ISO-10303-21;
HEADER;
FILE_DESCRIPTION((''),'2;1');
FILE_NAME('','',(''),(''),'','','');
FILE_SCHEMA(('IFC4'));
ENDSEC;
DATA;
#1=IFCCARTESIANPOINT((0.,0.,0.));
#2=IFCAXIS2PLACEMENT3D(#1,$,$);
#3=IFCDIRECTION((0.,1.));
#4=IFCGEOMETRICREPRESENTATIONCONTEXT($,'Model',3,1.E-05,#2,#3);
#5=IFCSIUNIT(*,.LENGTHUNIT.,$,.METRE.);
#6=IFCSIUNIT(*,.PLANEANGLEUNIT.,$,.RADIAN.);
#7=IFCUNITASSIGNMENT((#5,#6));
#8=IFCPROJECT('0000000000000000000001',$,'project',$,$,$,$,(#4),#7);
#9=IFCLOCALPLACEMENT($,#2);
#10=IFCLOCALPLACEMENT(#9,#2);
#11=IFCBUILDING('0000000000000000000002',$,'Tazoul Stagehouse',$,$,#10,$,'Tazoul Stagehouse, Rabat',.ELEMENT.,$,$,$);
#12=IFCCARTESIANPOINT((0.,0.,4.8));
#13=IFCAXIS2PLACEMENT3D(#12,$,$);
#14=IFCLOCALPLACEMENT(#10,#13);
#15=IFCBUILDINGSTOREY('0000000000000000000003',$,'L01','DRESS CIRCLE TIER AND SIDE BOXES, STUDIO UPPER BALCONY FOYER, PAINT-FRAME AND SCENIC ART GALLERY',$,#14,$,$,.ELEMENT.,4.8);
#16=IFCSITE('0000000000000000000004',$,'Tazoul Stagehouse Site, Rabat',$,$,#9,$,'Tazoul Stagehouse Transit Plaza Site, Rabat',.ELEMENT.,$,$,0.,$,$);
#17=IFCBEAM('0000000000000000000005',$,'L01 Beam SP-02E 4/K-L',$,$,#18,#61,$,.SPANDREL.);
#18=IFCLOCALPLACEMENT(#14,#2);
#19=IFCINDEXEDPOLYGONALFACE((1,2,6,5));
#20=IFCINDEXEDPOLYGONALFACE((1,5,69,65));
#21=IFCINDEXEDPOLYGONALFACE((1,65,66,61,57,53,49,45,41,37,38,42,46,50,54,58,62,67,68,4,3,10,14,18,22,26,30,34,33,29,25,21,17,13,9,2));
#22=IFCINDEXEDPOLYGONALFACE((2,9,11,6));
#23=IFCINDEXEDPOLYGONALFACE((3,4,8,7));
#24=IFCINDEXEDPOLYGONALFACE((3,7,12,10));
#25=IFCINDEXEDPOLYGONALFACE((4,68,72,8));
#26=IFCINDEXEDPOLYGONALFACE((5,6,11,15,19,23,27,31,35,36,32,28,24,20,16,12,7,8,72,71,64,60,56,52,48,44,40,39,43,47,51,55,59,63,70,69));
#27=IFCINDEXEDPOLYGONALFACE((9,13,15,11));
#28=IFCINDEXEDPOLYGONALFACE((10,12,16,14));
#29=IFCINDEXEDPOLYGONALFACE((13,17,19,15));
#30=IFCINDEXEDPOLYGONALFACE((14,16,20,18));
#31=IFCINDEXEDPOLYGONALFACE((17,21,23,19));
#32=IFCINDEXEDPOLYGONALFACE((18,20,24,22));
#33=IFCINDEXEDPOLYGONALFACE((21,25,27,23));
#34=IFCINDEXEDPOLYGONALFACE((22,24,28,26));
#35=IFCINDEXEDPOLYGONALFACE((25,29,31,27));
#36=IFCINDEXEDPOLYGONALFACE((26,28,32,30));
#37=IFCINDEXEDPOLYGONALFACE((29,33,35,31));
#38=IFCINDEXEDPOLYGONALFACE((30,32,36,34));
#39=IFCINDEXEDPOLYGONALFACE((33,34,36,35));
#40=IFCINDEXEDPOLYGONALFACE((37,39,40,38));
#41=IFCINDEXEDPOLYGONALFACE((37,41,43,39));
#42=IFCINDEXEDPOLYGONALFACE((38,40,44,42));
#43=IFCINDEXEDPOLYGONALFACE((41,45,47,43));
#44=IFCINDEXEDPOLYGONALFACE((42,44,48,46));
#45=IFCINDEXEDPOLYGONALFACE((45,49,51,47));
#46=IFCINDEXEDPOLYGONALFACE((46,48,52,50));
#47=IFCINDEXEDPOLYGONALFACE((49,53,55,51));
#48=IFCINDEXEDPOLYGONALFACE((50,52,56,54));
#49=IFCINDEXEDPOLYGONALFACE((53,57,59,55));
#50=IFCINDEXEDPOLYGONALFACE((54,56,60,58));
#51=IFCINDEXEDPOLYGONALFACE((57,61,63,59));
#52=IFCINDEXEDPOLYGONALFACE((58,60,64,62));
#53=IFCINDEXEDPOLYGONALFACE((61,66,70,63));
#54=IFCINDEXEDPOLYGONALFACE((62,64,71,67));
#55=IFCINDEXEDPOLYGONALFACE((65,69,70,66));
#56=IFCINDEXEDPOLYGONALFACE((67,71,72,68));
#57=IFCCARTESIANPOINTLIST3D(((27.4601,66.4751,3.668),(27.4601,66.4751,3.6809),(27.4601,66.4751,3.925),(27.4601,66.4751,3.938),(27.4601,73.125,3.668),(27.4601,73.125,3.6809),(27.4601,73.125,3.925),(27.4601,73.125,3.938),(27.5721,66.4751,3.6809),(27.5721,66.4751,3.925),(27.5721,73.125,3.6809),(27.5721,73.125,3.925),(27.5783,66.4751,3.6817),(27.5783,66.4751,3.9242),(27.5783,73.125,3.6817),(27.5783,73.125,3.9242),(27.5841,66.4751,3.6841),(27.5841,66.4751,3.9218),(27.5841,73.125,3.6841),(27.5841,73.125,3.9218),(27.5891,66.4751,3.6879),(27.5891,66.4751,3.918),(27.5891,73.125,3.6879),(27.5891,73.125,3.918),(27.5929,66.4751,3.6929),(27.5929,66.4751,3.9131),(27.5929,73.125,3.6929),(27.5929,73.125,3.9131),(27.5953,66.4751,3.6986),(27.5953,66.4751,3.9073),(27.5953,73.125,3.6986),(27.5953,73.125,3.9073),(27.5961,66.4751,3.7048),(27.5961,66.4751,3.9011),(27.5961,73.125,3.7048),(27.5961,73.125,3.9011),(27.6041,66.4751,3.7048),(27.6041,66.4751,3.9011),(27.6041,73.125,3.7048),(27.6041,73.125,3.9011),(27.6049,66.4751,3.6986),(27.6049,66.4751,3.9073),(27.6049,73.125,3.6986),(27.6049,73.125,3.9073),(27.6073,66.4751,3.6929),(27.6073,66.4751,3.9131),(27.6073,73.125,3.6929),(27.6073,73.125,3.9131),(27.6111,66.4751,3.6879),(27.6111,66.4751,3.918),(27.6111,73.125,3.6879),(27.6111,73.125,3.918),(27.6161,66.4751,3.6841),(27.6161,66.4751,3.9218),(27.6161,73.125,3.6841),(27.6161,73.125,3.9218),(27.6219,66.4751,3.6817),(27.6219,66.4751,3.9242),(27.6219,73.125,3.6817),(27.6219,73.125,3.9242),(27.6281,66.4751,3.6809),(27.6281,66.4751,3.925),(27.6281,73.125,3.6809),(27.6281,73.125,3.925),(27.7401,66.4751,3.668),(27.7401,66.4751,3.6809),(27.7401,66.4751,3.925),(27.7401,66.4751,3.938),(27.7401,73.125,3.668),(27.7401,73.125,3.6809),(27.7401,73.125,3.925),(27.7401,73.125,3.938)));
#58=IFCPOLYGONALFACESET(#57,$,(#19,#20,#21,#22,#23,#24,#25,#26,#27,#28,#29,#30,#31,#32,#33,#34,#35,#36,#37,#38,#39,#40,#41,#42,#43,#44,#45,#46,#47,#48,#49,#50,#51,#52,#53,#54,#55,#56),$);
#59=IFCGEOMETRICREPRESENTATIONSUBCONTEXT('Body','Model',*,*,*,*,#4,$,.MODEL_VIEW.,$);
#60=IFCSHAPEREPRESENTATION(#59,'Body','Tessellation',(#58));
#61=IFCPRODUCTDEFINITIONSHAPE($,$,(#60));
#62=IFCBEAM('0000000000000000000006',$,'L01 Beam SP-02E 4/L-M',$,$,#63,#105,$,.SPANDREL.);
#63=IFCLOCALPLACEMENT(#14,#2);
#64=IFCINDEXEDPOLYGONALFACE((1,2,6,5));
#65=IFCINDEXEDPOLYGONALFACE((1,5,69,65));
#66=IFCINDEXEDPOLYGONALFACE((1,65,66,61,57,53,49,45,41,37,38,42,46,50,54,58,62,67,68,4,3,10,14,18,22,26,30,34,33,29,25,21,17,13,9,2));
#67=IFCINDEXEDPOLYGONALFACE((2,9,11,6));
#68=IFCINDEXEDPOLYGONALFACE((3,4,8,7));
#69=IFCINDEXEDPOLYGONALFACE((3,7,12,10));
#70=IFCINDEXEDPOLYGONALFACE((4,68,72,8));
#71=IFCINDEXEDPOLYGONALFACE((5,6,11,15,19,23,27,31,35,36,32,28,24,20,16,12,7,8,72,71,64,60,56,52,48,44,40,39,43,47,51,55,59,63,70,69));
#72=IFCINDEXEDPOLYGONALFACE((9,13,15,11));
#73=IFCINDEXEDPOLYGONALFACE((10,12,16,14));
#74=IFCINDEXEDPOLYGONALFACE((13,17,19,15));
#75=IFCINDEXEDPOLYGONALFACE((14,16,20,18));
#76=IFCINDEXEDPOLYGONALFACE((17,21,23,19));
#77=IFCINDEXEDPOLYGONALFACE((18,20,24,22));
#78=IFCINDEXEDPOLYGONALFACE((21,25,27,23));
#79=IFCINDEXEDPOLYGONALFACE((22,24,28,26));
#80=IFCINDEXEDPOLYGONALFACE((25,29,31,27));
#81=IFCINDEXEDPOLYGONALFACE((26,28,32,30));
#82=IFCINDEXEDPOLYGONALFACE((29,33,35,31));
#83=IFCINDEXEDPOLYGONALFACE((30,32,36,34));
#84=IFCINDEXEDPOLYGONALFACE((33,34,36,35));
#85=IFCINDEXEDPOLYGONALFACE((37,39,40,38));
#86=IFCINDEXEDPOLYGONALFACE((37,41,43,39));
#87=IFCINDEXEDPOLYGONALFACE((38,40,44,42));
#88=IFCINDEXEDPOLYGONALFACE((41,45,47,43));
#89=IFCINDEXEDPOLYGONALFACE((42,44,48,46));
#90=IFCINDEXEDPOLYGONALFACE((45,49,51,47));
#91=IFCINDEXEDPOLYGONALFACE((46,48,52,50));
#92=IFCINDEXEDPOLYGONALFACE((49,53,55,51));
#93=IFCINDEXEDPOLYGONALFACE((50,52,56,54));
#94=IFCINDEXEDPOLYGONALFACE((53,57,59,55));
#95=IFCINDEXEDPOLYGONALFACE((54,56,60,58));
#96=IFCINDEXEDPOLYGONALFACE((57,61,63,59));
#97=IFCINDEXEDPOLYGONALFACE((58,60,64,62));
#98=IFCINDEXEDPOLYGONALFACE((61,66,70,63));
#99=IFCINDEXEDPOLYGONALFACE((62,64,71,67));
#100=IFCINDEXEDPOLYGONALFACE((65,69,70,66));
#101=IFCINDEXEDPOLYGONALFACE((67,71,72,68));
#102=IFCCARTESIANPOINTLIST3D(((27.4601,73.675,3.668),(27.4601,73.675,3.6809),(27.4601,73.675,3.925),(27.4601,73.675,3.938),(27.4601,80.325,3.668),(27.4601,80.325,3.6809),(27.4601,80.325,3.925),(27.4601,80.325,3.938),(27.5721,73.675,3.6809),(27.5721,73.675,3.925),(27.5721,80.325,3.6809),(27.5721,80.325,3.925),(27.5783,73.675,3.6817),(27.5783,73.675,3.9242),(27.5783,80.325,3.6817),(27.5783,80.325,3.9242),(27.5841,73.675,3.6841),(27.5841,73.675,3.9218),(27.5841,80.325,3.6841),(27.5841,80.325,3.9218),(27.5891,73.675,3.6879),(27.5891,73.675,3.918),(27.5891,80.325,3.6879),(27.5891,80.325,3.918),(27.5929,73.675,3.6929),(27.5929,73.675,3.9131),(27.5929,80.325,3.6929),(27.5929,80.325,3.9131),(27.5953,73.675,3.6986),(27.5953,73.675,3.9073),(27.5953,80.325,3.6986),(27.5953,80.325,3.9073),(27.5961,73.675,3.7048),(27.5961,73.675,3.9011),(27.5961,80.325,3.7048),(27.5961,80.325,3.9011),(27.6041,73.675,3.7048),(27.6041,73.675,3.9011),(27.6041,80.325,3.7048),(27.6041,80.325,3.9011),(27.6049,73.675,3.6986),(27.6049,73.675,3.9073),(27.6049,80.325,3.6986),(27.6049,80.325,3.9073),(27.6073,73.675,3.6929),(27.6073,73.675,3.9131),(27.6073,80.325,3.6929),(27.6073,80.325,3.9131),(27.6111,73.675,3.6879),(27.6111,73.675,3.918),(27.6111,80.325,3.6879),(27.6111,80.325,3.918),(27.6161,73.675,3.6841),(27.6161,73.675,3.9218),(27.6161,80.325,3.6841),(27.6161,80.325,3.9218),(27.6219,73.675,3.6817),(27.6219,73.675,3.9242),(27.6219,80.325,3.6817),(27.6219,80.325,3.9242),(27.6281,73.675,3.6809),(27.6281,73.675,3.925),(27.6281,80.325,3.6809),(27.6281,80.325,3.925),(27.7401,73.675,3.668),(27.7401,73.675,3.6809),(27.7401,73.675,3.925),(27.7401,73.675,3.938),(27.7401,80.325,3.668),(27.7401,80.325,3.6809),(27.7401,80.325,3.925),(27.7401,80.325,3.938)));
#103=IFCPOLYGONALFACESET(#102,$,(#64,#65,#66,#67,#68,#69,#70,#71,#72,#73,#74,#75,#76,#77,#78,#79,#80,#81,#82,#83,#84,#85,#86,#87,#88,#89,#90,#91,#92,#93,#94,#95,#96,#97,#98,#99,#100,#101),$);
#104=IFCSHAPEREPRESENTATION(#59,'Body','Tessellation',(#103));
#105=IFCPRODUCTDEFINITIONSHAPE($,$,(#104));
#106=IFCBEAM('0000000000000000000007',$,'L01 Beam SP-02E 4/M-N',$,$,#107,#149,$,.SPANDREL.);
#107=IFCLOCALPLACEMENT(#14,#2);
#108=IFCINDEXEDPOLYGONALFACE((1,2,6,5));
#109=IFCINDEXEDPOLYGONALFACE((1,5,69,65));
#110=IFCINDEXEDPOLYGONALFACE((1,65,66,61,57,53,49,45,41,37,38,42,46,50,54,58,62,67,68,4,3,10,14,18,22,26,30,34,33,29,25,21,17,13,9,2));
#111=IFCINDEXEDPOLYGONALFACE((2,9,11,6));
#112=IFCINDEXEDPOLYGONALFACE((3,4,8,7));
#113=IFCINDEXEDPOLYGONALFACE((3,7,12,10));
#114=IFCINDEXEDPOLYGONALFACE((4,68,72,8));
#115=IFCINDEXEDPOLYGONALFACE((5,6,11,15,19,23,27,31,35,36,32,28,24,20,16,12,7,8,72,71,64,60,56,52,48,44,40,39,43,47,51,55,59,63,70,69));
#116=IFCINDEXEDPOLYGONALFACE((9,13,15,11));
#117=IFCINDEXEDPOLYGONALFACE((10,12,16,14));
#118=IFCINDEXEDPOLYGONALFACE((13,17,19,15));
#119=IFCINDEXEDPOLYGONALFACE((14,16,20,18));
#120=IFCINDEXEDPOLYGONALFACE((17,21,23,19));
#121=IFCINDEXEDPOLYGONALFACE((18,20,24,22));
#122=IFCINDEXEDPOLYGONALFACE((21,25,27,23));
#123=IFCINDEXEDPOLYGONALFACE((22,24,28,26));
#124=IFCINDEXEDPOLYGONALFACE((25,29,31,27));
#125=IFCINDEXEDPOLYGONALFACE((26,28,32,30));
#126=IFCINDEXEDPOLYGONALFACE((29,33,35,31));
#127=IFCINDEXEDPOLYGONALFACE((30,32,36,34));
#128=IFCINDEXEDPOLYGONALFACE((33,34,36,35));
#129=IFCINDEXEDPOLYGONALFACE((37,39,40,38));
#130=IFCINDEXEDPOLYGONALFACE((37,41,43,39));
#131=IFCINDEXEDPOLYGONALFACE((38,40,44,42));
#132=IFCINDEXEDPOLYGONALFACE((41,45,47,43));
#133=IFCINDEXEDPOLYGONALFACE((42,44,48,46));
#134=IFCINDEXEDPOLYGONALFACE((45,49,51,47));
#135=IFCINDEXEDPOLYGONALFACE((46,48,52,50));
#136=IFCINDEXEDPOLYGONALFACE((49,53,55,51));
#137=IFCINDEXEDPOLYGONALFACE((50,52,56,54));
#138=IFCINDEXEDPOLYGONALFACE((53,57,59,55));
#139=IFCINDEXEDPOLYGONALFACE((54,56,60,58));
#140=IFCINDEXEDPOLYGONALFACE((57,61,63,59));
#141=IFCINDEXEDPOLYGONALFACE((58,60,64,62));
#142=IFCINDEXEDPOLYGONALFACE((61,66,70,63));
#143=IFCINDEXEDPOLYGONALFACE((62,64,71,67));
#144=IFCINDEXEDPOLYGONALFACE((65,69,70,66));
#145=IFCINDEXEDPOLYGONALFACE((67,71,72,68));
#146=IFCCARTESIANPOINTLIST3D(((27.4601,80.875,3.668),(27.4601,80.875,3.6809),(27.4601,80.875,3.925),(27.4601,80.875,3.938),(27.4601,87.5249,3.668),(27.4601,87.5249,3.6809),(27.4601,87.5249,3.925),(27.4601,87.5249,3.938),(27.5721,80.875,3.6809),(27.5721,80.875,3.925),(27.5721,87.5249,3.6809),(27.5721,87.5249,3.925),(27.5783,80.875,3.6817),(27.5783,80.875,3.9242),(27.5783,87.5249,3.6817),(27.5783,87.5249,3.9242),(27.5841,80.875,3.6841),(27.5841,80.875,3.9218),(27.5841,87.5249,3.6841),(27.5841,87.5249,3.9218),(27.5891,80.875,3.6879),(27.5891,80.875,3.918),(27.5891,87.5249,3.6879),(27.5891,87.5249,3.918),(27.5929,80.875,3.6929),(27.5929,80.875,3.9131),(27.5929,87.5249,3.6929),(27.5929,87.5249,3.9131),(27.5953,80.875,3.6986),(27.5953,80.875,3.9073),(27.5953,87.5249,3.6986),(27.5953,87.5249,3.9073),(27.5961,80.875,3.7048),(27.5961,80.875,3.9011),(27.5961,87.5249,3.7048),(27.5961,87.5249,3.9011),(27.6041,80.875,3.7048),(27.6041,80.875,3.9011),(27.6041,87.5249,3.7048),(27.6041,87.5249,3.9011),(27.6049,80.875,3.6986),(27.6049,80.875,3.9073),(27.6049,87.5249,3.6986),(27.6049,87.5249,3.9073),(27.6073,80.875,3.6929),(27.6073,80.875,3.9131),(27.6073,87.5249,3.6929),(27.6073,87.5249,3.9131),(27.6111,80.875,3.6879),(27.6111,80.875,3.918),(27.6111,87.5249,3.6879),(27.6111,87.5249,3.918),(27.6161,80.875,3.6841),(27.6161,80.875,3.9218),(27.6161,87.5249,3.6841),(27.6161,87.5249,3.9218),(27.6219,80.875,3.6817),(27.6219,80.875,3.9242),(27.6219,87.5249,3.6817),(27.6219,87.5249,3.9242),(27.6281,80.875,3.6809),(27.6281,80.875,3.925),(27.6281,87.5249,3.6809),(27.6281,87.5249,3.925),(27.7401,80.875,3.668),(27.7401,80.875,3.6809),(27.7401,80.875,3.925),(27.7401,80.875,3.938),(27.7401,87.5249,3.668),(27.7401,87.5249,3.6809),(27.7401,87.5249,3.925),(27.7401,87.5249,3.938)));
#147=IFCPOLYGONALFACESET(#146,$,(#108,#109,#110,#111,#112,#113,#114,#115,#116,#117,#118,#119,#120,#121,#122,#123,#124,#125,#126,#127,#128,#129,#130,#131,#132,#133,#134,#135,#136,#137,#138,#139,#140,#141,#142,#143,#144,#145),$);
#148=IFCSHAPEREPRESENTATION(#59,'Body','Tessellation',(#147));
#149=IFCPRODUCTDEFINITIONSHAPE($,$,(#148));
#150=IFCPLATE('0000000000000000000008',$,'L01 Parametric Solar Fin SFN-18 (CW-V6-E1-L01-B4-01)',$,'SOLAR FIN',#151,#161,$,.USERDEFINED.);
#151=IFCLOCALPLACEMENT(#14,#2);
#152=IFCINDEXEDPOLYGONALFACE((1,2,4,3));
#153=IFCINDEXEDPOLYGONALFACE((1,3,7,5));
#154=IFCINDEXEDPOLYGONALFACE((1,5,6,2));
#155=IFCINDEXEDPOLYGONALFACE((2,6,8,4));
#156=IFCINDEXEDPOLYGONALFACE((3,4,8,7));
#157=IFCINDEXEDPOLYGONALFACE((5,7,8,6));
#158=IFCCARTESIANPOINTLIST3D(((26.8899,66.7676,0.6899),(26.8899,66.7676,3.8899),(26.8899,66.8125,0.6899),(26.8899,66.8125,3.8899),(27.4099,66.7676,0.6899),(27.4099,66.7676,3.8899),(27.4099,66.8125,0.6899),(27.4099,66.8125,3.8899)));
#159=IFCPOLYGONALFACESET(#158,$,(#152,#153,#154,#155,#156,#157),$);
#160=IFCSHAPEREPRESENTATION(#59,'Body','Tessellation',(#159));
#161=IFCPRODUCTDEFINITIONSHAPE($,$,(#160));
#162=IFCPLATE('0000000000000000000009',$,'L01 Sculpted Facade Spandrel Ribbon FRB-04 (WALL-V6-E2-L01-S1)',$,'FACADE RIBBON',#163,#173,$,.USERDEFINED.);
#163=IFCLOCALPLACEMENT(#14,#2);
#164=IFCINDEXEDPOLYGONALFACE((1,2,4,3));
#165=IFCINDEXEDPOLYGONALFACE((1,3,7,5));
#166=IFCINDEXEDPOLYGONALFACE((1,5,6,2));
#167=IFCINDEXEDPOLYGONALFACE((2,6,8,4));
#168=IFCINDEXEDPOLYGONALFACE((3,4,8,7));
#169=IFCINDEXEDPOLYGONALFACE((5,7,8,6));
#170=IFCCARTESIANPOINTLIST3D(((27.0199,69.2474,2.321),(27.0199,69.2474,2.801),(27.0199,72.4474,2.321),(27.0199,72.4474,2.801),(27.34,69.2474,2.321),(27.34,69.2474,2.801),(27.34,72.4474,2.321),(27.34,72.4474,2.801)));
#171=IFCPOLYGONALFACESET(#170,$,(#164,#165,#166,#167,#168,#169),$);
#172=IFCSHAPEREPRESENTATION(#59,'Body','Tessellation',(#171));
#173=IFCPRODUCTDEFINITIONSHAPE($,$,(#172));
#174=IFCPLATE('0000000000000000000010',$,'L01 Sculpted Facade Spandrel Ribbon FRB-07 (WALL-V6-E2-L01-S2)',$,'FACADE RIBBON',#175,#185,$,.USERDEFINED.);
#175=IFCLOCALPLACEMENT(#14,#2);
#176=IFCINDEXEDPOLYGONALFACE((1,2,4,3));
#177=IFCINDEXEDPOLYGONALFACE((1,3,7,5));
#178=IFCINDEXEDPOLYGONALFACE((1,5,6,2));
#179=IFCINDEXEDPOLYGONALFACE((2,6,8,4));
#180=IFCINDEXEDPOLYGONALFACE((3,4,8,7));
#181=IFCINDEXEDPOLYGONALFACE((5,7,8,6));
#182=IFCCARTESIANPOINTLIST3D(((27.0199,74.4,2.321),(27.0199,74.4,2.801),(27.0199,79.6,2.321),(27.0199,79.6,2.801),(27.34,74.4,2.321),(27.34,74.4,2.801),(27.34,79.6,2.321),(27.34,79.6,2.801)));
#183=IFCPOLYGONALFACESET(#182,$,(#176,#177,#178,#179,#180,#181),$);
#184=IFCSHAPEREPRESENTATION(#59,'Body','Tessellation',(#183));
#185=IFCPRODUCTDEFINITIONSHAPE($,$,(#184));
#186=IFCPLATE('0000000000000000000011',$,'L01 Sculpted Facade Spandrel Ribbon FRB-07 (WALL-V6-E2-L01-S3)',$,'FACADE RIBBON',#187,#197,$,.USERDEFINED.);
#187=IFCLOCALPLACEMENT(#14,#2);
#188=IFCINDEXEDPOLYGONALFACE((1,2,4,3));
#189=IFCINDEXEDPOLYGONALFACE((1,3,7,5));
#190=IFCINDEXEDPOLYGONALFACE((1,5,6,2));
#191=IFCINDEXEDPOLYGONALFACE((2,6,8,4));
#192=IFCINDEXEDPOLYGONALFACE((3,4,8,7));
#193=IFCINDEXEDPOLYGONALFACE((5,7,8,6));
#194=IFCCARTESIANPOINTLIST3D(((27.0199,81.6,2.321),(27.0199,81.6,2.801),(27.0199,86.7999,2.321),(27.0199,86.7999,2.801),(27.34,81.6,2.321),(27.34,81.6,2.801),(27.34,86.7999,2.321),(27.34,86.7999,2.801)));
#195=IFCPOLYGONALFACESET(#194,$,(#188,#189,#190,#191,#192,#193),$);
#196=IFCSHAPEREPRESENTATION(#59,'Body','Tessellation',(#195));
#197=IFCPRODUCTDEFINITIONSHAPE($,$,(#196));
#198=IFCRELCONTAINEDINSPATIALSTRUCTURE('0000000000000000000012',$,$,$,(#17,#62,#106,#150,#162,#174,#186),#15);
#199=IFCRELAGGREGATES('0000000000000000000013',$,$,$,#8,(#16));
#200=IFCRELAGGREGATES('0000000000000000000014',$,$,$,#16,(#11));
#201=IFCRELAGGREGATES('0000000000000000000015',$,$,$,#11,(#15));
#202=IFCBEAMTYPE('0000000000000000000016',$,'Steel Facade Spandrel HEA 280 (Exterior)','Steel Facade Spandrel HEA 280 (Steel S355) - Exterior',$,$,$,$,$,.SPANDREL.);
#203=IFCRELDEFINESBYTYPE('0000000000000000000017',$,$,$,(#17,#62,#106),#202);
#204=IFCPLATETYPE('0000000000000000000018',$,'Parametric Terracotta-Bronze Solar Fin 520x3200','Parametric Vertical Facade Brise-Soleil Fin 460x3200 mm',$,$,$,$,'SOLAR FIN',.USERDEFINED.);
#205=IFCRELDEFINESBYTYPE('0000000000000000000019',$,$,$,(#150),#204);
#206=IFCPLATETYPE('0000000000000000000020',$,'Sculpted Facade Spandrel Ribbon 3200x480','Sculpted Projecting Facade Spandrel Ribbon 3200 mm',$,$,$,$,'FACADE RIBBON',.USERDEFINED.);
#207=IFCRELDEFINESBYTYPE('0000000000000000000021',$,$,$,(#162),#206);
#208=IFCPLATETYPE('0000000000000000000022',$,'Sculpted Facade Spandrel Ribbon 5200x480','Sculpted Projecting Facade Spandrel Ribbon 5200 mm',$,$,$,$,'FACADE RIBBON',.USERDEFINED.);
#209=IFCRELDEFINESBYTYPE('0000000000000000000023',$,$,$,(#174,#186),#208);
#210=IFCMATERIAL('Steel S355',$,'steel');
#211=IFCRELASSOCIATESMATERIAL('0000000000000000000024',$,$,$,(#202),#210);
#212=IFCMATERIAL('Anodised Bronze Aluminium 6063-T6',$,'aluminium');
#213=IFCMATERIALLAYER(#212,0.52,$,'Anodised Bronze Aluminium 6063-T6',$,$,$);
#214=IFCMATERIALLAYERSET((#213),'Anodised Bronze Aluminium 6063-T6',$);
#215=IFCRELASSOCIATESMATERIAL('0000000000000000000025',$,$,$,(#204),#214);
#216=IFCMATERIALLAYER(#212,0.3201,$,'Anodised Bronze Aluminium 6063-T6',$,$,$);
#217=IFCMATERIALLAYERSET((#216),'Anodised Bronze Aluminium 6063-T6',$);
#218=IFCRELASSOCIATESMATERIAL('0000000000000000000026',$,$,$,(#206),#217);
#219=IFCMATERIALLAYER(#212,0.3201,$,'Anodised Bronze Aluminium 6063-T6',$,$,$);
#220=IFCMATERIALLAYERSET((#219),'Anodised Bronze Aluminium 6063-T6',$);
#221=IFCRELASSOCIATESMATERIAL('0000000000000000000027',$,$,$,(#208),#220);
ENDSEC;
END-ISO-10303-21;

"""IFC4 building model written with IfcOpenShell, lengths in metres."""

from ifc_helpers import new_model, si_unit, direction, frame, origin, origin_2d, place, context, subcontext, project, spatial, rectangle, i_section, extrude, material, layer, layer_set, material_profile, profile_set, type_object, element, save


model = new_model("IFC4")

# Units and contexts
model_context = context("Model", 3, precision=1e-05, world=origin(), true_north=direction((0.0, 1.0)))
body_context = subcontext(model_context, "Body", "Model", "MODEL_VIEW")
ifc_project = project(units=[si_unit("LENGTHUNIT", "METRE"), si_unit("PLANEANGLEUNIT", "RADIAN")], contexts=[model_context])

# Site, building, storey
site_placement = place(None, origin())
site = spatial("IfcSite", under=ifc_project, at=site_placement, Name="Tazoul Stagehouse Site, Rabat", LongName="Tazoul Stagehouse Transit Plaza Site, Rabat", CompositionType="ELEMENT", RefElevation=0.0)
building_placement = place(site_placement, origin())
building = spatial("IfcBuilding", under=site, at=building_placement, Name="Tazoul Stagehouse", LongName="Tazoul Stagehouse, Rabat", CompositionType="ELEMENT")
storey_placement = place(building_placement, frame((0.0, 0.0, 4.8)))
storey = spatial("IfcBuildingStorey", under=building, at=storey_placement, Name="L01", Description="DRESS CIRCLE TIER AND SIDE BOXES, STUDIO UPPER BALCONY FOYER, PAINT-FRAME AND SCENIC ART GALLERY", CompositionType="ELEMENT", Elevation=4.8)

# Shared definitions
ifc_material_1 = material(Name="Anodised Bronze Aluminium 6063-T6", Category="aluminium")

# Beams
ifc_material_2 = material(Name="Steel S355", Category="steel")
ifc_material_profile_1 = material_profile(ifc_material_2, i_section(OverallWidth=0.28, OverallDepth=0.27, WebThickness=0.0081, FlangeThickness=0.0129, FilletRadius=0.0239, at=origin_2d()), Name="HEA 280")
ifc_profile_set_1 = profile_set([ifc_material_profile_1], Name="Steel S355")
beam_type = type_object("IfcBeamType", Name="Steel Facade Spandrel HEA 280 (Exterior)", Description="Steel Facade Spandrel HEA 280 (Steel S355) - Exterior", PredefinedType="SPANDREL", material=ifc_profile_set_1)
for number, where, z_axis, x_axis, name in (
    (1, (27.6001, 66.4751, 3.803), (0.0, 1.0, 0.0), (-1.0, 0.0, 0.0), "L01 Beam SP-02E 4/K-L"),
    (2, (27.6001, 73.675, 3.803), (0.0, 1.0, 0.0), (-1.0, 0.0, 0.0), "L01 Beam SP-02E 4/L-M"),
    (3, (27.6001, 80.875, 3.803), (0.0, 1.0, 0.0), (-1.0, 0.0, 0.0), "L01 Beam SP-02E 4/M-N"),
):
    element("IfcBeam", number, at=place(storey_placement, frame(where, z_axis=z_axis, x_axis=x_axis)), inside=storey, type_object=beam_type, Name=name, PredefinedType="SPANDREL", context=body_context, shape_type="SweptSolid", body=[
        extrude(i_section(OverallWidth=0.28, OverallDepth=0.27, WebThickness=0.0081, FlangeThickness=0.0129, FilletRadius=0.0239, at=origin_2d()), origin(), (0.0, 0.0, 1.0), 6.6499),
    ])

# Plates
ifc_layer_1 = layer(ifc_material_1, 0.52, Name="Anodised Bronze Aluminium 6063-T6")
ifc_layer_set_1 = layer_set([ifc_layer_1], Name="Anodised Bronze Aluminium 6063-T6")
plate_type_1 = type_object("IfcPlateType", Name="Parametric Terracotta-Bronze Solar Fin 520x3200", Description="Parametric Vertical Facade Brise-Soleil Fin 460x3200 mm", ElementType="SOLAR FIN", PredefinedType="USERDEFINED", material=ifc_layer_set_1)
plate_1_placement = place(storey_placement, frame((27.1499, 66.79, 0.6899), z_axis=(0.0, 0.0, 1.0), x_axis=(0.0, 1.0, 0.0)))
element("IfcPlate", 4, at=plate_1_placement, inside=storey, type_object=plate_type_1, Name="L01 Parametric Solar Fin SFN-18 (CW-V6-E1-L01-B4-01)", ObjectType="SOLAR FIN", PredefinedType="USERDEFINED", context=body_context, shape_type="SweptSolid", body=[
    extrude(rectangle(XDim=0.0449, YDim=0.52, at=origin_2d()), origin(), (0.0, 0.0, 1.0), 3.2),
])
ifc_layer_2 = layer(ifc_material_1, 0.3201, Name="Anodised Bronze Aluminium 6063-T6")
ifc_layer_set_2 = layer_set([ifc_layer_2], Name="Anodised Bronze Aluminium 6063-T6")
plate_type_2 = type_object("IfcPlateType", Name="Sculpted Facade Spandrel Ribbon 3200x480", Description="Sculpted Projecting Facade Spandrel Ribbon 3200 mm", ElementType="FACADE RIBBON", PredefinedType="USERDEFINED", material=ifc_layer_set_2)
plate_2_placement = place(storey_placement, frame((27.1799, 70.8474, 2.321), z_axis=(0.0, 0.0, 1.0), x_axis=(0.0, 1.0, 0.0)))
element("IfcPlate", 5, at=plate_2_placement, inside=storey, type_object=plate_type_2, Name="L01 Sculpted Facade Spandrel Ribbon FRB-04 (WALL-V6-E2-L01-S1)", ObjectType="FACADE RIBBON", PredefinedType="USERDEFINED", context=body_context, shape_type="SweptSolid", body=[
    extrude(rectangle(XDim=3.2, YDim=0.3201, at=origin_2d()), origin(), (0.0, 0.0, 1.0), 0.48),
])
ifc_layer_3 = layer(ifc_material_1, 0.3201, Name="Anodised Bronze Aluminium 6063-T6")
ifc_layer_set_3 = layer_set([ifc_layer_3], Name="Anodised Bronze Aluminium 6063-T6")
plate_type_3 = type_object("IfcPlateType", Name="Sculpted Facade Spandrel Ribbon 5200x480", Description="Sculpted Projecting Facade Spandrel Ribbon 5200 mm", ElementType="FACADE RIBBON", PredefinedType="USERDEFINED", material=ifc_layer_set_3)
for number, where, z_axis, x_axis, name in (
    (6, (27.1799, 77.0, 2.321), (0.0, 0.0, 1.0), (0.0, 1.0, 0.0), "L01 Sculpted Facade Spandrel Ribbon FRB-07 (WALL-V6-E2-L01-S2)"),
    (7, (27.1799, 84.2, 2.321), (0.0, 0.0, 1.0), (0.0, 1.0, 0.0), "L01 Sculpted Facade Spandrel Ribbon FRB-07 (WALL-V6-E2-L01-S3)"),
):
    element("IfcPlate", number, at=place(storey_placement, frame(where, z_axis=z_axis, x_axis=x_axis)), inside=storey, type_object=plate_type_3, Name=name, ObjectType="FACADE RIBBON", PredefinedType="USERDEFINED", context=body_context, shape_type="SweptSolid", body=[
        extrude(rectangle(XDim=5.2, YDim=0.3201, at=origin_2d()), origin(), (0.0, 0.0, 1.0), 0.48),
    ])

save(model, "model.ifc")
